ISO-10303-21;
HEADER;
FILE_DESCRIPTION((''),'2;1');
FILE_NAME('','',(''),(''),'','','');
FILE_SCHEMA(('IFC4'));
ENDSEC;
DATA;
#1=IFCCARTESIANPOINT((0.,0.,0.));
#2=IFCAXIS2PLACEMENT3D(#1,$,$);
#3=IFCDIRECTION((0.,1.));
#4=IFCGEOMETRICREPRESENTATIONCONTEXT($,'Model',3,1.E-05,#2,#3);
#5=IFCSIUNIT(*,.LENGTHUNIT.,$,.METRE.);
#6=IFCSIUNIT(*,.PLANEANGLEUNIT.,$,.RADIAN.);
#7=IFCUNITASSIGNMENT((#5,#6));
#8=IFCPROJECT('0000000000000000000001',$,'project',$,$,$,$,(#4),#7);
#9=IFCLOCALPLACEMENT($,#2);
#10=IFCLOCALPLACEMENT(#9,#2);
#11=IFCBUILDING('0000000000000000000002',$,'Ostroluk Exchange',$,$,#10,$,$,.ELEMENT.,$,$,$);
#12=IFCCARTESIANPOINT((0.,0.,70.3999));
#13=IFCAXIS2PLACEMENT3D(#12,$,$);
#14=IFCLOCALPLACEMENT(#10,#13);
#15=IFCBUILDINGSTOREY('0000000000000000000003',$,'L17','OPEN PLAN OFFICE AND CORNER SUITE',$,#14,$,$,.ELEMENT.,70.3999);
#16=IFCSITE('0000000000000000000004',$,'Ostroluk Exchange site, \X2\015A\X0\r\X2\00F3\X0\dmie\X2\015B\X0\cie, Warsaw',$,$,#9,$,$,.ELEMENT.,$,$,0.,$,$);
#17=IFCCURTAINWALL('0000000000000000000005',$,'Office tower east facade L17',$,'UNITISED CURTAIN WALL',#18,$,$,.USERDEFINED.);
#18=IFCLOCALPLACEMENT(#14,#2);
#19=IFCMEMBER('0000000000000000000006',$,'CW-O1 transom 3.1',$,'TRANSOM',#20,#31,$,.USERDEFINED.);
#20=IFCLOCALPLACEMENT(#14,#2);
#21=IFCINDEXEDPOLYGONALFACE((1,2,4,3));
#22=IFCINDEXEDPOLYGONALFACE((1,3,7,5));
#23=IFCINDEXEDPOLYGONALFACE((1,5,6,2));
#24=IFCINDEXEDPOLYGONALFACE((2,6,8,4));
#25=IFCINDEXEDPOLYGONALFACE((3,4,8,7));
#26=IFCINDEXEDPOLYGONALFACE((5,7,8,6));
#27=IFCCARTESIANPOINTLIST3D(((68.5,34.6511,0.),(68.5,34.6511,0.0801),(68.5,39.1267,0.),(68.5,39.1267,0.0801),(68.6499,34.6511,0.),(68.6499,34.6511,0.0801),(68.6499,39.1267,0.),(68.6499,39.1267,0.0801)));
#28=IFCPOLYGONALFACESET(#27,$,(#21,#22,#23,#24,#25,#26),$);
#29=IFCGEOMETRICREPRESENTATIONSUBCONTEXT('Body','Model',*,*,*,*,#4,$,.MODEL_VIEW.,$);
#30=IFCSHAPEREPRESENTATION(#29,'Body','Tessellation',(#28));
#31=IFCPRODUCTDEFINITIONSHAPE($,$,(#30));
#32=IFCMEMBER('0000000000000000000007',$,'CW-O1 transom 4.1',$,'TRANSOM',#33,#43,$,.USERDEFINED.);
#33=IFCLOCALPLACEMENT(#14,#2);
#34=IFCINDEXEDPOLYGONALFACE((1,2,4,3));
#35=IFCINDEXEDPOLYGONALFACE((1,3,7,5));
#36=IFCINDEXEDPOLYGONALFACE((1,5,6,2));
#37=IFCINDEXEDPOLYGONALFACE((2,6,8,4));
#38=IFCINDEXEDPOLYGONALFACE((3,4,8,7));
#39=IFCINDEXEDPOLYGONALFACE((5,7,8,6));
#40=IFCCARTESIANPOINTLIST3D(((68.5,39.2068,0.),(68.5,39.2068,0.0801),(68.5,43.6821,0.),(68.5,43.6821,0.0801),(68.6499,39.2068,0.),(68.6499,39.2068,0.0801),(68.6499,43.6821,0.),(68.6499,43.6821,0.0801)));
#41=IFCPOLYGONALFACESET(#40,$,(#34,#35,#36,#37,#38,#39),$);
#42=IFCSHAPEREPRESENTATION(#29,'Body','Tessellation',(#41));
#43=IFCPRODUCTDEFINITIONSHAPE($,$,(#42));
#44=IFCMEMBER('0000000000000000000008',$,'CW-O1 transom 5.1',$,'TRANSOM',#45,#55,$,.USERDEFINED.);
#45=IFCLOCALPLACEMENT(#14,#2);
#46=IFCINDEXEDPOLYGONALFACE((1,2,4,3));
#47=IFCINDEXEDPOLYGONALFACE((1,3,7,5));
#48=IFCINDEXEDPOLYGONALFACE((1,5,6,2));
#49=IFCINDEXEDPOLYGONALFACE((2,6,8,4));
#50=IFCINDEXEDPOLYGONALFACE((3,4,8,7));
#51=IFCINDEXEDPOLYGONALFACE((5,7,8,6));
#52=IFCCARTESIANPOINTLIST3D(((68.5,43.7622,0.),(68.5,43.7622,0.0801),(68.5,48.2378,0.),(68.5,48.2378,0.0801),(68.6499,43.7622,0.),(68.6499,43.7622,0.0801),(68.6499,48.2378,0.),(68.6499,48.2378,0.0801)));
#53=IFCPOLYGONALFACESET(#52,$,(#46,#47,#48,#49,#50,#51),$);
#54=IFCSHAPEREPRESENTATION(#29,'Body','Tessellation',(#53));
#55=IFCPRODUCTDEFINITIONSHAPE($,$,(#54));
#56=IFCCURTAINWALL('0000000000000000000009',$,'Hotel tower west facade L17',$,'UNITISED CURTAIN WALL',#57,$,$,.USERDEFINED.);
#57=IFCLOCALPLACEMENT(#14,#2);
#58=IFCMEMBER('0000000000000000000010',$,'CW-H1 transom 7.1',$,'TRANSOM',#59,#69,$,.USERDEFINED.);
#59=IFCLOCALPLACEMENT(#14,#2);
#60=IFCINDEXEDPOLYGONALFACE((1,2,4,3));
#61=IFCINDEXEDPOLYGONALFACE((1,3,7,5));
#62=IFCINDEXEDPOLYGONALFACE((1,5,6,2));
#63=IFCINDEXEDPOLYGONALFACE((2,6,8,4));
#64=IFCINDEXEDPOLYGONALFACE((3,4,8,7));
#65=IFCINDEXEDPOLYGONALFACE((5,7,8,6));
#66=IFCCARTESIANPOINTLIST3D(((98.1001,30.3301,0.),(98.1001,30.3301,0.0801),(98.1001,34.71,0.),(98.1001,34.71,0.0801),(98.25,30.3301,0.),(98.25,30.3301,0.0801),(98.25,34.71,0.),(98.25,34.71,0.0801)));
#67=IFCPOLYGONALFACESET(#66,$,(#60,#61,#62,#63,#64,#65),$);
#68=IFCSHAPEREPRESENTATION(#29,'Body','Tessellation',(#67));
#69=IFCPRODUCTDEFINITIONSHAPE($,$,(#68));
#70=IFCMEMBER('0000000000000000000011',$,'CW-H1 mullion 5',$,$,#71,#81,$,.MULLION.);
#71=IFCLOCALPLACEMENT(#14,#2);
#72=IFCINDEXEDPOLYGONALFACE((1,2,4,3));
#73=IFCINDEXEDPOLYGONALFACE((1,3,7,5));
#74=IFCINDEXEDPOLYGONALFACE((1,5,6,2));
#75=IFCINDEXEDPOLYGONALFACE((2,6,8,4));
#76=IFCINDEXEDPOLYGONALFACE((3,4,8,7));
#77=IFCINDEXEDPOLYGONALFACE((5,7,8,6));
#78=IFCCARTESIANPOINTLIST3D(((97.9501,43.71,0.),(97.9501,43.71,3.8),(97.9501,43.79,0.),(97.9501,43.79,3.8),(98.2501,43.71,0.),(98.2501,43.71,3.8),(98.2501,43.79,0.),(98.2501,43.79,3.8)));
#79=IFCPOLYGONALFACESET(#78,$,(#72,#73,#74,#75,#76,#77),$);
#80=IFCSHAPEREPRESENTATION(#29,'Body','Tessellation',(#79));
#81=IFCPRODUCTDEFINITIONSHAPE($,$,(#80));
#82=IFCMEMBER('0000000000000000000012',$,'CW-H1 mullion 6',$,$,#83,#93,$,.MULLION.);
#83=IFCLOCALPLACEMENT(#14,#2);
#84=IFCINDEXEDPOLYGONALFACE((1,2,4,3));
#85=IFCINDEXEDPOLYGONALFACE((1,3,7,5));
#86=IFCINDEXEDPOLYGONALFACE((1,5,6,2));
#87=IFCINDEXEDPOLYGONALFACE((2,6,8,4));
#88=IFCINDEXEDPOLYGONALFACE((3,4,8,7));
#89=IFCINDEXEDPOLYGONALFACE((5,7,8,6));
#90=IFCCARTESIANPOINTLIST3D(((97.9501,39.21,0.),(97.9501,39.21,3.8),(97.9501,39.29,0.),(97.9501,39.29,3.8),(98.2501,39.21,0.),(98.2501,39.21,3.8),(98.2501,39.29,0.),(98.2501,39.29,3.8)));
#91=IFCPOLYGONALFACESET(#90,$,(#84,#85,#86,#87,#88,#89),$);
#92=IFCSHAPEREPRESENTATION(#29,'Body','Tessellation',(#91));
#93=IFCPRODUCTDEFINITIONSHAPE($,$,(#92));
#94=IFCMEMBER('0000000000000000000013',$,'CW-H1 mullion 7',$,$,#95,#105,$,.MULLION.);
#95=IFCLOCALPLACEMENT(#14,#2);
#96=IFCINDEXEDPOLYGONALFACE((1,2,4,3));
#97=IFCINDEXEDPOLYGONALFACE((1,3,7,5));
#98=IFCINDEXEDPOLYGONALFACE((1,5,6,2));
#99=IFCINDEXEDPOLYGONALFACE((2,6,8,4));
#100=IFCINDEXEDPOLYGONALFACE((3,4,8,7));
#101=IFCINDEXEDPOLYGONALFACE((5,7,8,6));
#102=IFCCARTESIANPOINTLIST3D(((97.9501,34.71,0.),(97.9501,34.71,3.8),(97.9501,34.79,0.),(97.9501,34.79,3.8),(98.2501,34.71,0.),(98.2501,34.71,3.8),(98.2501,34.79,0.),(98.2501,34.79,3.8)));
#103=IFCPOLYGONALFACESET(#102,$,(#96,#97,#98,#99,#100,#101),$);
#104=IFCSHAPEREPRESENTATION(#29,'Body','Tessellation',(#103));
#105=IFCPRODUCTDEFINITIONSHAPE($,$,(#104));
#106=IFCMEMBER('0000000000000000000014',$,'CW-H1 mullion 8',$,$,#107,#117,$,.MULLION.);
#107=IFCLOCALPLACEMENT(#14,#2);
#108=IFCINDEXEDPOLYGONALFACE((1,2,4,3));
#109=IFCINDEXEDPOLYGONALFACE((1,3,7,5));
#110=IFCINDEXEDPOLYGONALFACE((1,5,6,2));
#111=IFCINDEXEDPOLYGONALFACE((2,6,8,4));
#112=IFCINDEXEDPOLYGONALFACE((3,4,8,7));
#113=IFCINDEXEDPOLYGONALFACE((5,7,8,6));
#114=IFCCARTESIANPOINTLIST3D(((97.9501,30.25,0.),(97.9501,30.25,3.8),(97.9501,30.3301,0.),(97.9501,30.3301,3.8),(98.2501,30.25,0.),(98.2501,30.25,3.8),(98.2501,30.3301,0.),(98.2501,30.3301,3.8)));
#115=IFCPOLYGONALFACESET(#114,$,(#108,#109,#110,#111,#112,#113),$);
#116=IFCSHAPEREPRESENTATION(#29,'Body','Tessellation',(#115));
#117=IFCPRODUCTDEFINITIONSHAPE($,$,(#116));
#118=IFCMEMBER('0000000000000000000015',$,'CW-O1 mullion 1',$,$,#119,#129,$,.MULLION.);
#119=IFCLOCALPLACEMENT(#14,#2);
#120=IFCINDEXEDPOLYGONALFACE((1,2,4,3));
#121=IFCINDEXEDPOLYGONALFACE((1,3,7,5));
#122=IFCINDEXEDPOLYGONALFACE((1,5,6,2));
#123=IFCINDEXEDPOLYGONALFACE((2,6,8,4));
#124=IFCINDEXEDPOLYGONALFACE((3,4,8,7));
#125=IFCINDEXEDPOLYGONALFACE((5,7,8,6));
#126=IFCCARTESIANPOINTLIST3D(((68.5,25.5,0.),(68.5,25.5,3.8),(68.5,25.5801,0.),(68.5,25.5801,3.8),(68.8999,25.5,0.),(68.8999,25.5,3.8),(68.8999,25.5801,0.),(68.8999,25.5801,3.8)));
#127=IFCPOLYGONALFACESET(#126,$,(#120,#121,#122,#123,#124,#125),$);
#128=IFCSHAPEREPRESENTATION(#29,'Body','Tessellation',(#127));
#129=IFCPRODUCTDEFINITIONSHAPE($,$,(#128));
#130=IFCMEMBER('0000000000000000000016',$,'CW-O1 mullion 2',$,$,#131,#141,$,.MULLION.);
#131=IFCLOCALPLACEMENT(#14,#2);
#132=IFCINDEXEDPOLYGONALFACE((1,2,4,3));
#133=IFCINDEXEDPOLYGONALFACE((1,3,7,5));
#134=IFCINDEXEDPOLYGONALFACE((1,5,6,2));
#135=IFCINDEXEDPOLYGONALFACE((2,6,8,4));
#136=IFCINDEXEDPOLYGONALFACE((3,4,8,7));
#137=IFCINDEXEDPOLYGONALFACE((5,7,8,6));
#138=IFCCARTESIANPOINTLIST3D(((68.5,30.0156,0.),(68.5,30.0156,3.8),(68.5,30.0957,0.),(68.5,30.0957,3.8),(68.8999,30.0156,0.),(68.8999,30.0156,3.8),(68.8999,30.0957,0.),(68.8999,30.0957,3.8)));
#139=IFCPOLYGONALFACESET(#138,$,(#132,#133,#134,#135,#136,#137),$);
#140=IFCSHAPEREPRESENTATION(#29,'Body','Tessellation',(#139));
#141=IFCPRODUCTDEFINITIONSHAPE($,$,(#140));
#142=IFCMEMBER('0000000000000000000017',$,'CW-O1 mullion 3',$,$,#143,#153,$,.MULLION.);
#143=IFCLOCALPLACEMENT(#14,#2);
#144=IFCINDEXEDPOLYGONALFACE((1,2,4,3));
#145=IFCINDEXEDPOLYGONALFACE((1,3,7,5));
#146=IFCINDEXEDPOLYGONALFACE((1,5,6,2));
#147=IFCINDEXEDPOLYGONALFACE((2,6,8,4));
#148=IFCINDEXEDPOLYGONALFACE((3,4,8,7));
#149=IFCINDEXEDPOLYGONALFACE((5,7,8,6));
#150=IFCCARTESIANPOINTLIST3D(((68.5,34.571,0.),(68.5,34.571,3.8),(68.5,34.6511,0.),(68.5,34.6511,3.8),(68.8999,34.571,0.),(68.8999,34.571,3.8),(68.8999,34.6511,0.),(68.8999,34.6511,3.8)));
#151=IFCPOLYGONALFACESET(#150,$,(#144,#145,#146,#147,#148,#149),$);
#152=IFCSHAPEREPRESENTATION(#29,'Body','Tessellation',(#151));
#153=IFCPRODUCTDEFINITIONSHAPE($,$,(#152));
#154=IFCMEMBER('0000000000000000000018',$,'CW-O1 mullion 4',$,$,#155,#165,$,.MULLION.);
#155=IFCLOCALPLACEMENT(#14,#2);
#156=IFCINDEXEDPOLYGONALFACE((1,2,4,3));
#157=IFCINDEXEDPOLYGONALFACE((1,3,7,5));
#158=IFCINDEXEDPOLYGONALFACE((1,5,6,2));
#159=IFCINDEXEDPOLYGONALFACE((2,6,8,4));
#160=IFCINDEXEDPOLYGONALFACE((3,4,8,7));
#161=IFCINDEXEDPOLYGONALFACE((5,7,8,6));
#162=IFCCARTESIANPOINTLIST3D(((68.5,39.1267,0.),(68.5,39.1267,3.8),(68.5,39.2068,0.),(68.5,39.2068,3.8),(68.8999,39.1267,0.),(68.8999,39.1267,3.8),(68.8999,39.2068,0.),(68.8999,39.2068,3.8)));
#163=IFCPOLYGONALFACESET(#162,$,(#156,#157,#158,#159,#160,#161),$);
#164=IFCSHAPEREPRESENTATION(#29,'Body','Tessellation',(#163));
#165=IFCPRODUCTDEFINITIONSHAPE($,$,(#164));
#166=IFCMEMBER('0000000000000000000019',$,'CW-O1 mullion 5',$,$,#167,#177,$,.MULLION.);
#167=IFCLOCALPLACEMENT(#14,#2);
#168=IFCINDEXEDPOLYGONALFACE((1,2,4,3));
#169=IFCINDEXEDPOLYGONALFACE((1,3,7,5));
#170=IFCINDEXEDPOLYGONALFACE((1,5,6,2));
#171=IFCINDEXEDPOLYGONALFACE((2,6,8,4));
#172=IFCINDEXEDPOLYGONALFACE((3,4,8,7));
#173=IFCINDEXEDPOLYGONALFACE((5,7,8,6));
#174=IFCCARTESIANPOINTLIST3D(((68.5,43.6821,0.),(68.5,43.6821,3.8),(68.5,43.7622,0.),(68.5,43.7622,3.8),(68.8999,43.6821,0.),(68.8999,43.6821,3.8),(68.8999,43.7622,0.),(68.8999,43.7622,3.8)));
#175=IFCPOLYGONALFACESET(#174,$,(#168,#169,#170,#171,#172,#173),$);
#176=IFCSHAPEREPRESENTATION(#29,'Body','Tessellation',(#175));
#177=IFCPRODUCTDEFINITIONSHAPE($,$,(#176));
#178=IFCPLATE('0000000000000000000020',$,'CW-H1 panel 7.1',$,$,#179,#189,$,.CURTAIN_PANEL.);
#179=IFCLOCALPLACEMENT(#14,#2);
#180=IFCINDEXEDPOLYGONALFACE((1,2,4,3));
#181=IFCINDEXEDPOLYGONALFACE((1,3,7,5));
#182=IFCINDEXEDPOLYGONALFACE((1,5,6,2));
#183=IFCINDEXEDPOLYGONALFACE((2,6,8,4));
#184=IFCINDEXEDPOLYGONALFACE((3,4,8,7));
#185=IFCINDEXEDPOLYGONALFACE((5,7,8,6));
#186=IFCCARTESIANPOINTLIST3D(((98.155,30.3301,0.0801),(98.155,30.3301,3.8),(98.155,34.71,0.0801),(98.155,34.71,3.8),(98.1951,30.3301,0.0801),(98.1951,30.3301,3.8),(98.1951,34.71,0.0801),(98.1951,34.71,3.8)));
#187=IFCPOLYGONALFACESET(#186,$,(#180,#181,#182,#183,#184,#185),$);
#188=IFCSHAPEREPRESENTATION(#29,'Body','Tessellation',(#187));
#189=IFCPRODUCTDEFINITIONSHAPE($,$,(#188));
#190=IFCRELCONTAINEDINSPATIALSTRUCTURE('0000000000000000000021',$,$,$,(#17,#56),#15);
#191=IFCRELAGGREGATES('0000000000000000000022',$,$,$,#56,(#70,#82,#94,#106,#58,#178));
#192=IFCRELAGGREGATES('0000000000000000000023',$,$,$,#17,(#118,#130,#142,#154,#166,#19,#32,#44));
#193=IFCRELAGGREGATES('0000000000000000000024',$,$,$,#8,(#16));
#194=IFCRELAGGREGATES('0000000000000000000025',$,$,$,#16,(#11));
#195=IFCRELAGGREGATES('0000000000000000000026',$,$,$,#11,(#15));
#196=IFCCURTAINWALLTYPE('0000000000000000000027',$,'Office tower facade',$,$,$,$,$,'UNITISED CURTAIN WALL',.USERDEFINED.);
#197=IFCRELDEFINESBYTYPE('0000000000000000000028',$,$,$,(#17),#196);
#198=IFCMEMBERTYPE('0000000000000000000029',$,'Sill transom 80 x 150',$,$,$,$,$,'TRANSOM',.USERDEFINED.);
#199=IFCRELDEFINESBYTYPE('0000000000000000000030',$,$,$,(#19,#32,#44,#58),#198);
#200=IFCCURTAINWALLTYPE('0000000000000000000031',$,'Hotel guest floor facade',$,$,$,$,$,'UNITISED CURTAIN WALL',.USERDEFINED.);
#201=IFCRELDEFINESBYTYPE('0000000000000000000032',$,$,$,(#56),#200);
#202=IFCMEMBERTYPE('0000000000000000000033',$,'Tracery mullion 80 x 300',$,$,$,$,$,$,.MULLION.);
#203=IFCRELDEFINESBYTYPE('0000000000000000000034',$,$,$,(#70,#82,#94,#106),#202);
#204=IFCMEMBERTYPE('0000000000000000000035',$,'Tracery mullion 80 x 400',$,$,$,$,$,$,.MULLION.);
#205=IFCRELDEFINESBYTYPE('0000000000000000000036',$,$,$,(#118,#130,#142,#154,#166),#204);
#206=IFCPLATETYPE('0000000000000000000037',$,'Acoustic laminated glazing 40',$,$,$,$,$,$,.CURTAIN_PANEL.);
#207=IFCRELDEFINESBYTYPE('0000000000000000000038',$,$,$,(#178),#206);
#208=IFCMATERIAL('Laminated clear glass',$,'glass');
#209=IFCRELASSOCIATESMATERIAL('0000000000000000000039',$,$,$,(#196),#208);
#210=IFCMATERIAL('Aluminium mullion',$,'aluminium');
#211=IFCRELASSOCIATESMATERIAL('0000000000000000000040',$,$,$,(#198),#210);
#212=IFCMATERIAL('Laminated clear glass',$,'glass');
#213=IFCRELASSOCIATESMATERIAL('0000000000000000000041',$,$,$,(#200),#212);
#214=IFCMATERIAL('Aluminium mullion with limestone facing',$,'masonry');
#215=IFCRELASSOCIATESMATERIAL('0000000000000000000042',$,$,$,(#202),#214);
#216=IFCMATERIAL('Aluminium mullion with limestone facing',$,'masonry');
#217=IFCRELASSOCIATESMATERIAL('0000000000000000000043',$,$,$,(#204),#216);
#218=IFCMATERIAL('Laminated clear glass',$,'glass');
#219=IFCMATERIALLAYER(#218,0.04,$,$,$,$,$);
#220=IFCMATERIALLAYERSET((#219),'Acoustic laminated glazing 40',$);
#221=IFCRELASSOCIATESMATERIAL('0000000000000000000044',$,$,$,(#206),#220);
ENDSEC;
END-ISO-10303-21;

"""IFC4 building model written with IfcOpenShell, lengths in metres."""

from ifc_helpers import new_model, si_unit, direction, frame, origin, origin_2d, place, context, subcontext, project, spatial, rectangle, extrude, material, layer, layer_set, material_profile, profile_set, type_object, element, aggregate, save


model = new_model("IFC4")

# Units and contexts
model_context = context("Model", 3, precision=1e-05, world=origin(), true_north=direction((0.0, 1.0)))
body_context = subcontext(model_context, "Body", "Model", "MODEL_VIEW")
ifc_project = project(units=[si_unit("LENGTHUNIT", "METRE"), si_unit("PLANEANGLEUNIT", "RADIAN")], contexts=[model_context])

# Site, building, storey
site_placement = place(None, origin())
site = spatial("IfcSite", under=ifc_project, at=site_placement, Name="Ostroluk Exchange site, Śródmieście, Warsaw", CompositionType="ELEMENT", RefElevation=0.0)
building_placement = place(site_placement, origin())
building = spatial("IfcBuilding", under=site, at=building_placement, Name="Ostroluk Exchange", CompositionType="ELEMENT")
storey_placement = place(building_placement, frame((0.0, 0.0, 70.3999)))
storey = spatial("IfcBuildingStorey", under=building, at=storey_placement, Name="L17", Description="OPEN PLAN OFFICE AND CORNER SUITE", CompositionType="ELEMENT", Elevation=70.3999)

# Curtain walls, members
ifc_material_1 = material(Name="Laminated clear glass", Category="glass")
curtain_wall_type_1 = type_object("IfcCurtainWallType", Name="Office tower facade", ElementType="UNITISED CURTAIN WALL", PredefinedType="USERDEFINED", material=ifc_material_1)
curtain_wall_1_placement = place(storey_placement, origin())
curtain_wall_1 = element("IfcCurtainWall", 1, at=curtain_wall_1_placement, inside=storey, type_object=curtain_wall_type_1, Name="Office tower east facade L17", ObjectType="UNITISED CURTAIN WALL", PredefinedType="USERDEFINED")
ifc_material_2 = material(Name="Aluminium mullion", Category="aluminium")
ifc_material_profile_1 = material_profile(ifc_material_2, rectangle(XDim=0.1499, YDim=0.0801, at=origin_2d()), Name="Sill transom 80 x 150")
ifc_profile_set_1 = profile_set([ifc_material_profile_1], Name="Aluminium mullion")
member_type_1 = type_object("IfcMemberType", Name="Sill transom 80 x 150", ElementType="TRANSOM", PredefinedType="USERDEFINED", material=ifc_profile_set_1)
member_1_placement = place(storey_placement, frame((68.575, 34.6511, 0.04), z_axis=(0.0, 1.0, 0.0), x_axis=(-1.0, 0.0, 0.0)))
member_1 = element("IfcMember", 2, at=member_1_placement, type_object=member_type_1, Name="CW-O1 transom 3.1", ObjectType="TRANSOM", PredefinedType="USERDEFINED", context=body_context, shape_type="SweptSolid", body=[
    extrude(rectangle(XDim=0.1499, YDim=0.0801, at=origin_2d()), origin(), (0.0, 0.0, 1.0), 4.4756),
])
member_2_placement = place(storey_placement, frame((68.575, 39.2068, 0.04), z_axis=(0.0, 1.0, 0.0), x_axis=(-1.0, 0.0, 0.0)))
member_2 = element("IfcMember", 3, at=member_2_placement, type_object=member_type_1, Name="CW-O1 transom 4.1", ObjectType="TRANSOM", PredefinedType="USERDEFINED", context=body_context, shape_type="SweptSolid", body=[
    extrude(rectangle(XDim=0.1499, YDim=0.0801, at=origin_2d()), origin(), (0.0, 0.0, 1.0), 4.4753),
])
member_3_placement = place(storey_placement, frame((68.575, 43.7622, 0.04), z_axis=(0.0, 1.0, 0.0), x_axis=(-1.0, 0.0, 0.0)))
member_3 = element("IfcMember", 4, at=member_3_placement, type_object=member_type_1, Name="CW-O1 transom 5.1", ObjectType="TRANSOM", PredefinedType="USERDEFINED", context=body_context, shape_type="SweptSolid", body=[
    extrude(rectangle(XDim=0.1499, YDim=0.0801, at=origin_2d()), origin(), (0.0, 0.0, 1.0), 4.4756),
])
ifc_material_3 = material(Name="Laminated clear glass", Category="glass")
curtain_wall_type_2 = type_object("IfcCurtainWallType", Name="Hotel guest floor facade", ElementType="UNITISED CURTAIN WALL", PredefinedType="USERDEFINED", material=ifc_material_3)
curtain_wall_2_placement = place(storey_placement, origin())
curtain_wall_2 = element("IfcCurtainWall", 5, at=curtain_wall_2_placement, inside=storey, type_object=curtain_wall_type_2, Name="Hotel tower west facade L17", ObjectType="UNITISED CURTAIN WALL", PredefinedType="USERDEFINED")
member_4_placement = place(storey_placement, frame((98.175, 34.71, 0.04), z_axis=(0.0, -1.0, 0.0), x_axis=(1.0, 0.0, 0.0)))
member_4 = element("IfcMember", 6, at=member_4_placement, type_object=member_type_1, Name="CW-H1 transom 7.1", ObjectType="TRANSOM", PredefinedType="USERDEFINED", context=body_context, shape_type="SweptSolid", body=[
    extrude(rectangle(XDim=0.1499, YDim=0.0801, at=origin_2d()), origin(), (0.0, 0.0, 1.0), 4.3799),
])
ifc_material_4 = material(Name="Aluminium mullion with limestone facing", Category="masonry")
ifc_material_profile_2 = material_profile(ifc_material_4, rectangle(XDim=0.3, YDim=0.0801, at=origin_2d()), Name="Tracery mullion 80 x 300")
ifc_profile_set_2 = profile_set([ifc_material_profile_2], Name="Aluminium mullion with limestone facing")
member_type_2 = type_object("IfcMemberType", Name="Tracery mullion 80 x 300", PredefinedType="MULLION", material=ifc_profile_set_2)
member_5_placement = place(storey_placement, frame((98.1001, 43.75, 0.0), z_axis=(0.0, 0.0, 1.0), x_axis=(1.0, 0.0, 0.0)))
member_5 = element("IfcMember", 7, at=member_5_placement, type_object=member_type_2, Name="CW-H1 mullion 5", PredefinedType="MULLION", context=body_context, shape_type="SweptSolid", body=[
    extrude(rectangle(XDim=0.3, YDim=0.0801, at=origin_2d()), origin(), (0.0, 0.0, 1.0), 3.8),
])
member_6_placement = place(storey_placement, frame((98.1001, 39.25, 0.0), z_axis=(0.0, 0.0, 1.0), x_axis=(1.0, 0.0, 0.0)))
member_6 = element("IfcMember", 8, at=member_6_placement, type_object=member_type_2, Name="CW-H1 mullion 6", PredefinedType="MULLION", context=body_context, shape_type="SweptSolid", body=[
    extrude(rectangle(XDim=0.3, YDim=0.0801, at=origin_2d()), origin(), (0.0, 0.0, 1.0), 3.8),
])
member_7_placement = place(storey_placement, frame((98.1001, 34.75, 0.0), z_axis=(0.0, 0.0, 1.0), x_axis=(1.0, 0.0, 0.0)))
member_7 = element("IfcMember", 9, at=member_7_placement, type_object=member_type_2, Name="CW-H1 mullion 7", PredefinedType="MULLION", context=body_context, shape_type="SweptSolid", body=[
    extrude(rectangle(XDim=0.3, YDim=0.0801, at=origin_2d()), origin(), (0.0, 0.0, 1.0), 3.8),
])
member_8_placement = place(storey_placement, frame((98.1001, 30.29, 0.0), z_axis=(0.0, 0.0, 1.0), x_axis=(1.0, 0.0, 0.0)))
member_8 = element("IfcMember", 10, at=member_8_placement, type_object=member_type_2, Name="CW-H1 mullion 8", PredefinedType="MULLION", context=body_context, shape_type="SweptSolid", body=[
    extrude(rectangle(XDim=0.3, YDim=0.0801, at=origin_2d()), origin(), (0.0, 0.0, 1.0), 3.8),
])

# Members
ifc_material_5 = material(Name="Aluminium mullion with limestone facing", Category="masonry")
ifc_material_profile_3 = material_profile(ifc_material_5, rectangle(XDim=0.3999, YDim=0.0801, at=origin_2d()), Name="Tracery mullion 80 x 400")
ifc_profile_set_3 = profile_set([ifc_material_profile_3], Name="Aluminium mullion with limestone facing")
member_type_3 = type_object("IfcMemberType", Name="Tracery mullion 80 x 400", PredefinedType="MULLION", material=ifc_profile_set_3)
member_9_placement = place(storey_placement, frame((68.7, 25.54, 0.0), z_axis=(0.0, 0.0, 1.0), x_axis=(-1.0, 0.0, 0.0)))
member_9 = element("IfcMember", 11, at=member_9_placement, type_object=member_type_3, Name="CW-O1 mullion 1", PredefinedType="MULLION", context=body_context, shape_type="SweptSolid", body=[
    extrude(rectangle(XDim=0.3999, YDim=0.0801, at=origin_2d()), origin(), (0.0, 0.0, 1.0), 3.8),
])
member_10_placement = place(storey_placement, frame((68.7, 30.0557, 0.0), z_axis=(0.0, 0.0, 1.0), x_axis=(-1.0, 0.0, 0.0)))
member_10 = element("IfcMember", 12, at=member_10_placement, type_object=member_type_3, Name="CW-O1 mullion 2", PredefinedType="MULLION", context=body_context, shape_type="SweptSolid", body=[
    extrude(rectangle(XDim=0.3999, YDim=0.0801, at=origin_2d()), origin(), (0.0, 0.0, 1.0), 3.8),
])
member_11_placement = place(storey_placement, frame((68.7, 34.6111, 0.0), z_axis=(0.0, 0.0, 1.0), x_axis=(-1.0, 0.0, 0.0)))
member_11 = element("IfcMember", 13, at=member_11_placement, type_object=member_type_3, Name="CW-O1 mullion 3", PredefinedType="MULLION", context=body_context, shape_type="SweptSolid", body=[
    extrude(rectangle(XDim=0.3999, YDim=0.0801, at=origin_2d()), origin(), (0.0, 0.0, 1.0), 3.8),
])
member_12_placement = place(storey_placement, frame((68.7, 39.1667, 0.0), z_axis=(0.0, 0.0, 1.0), x_axis=(-1.0, 0.0, 0.0)))
member_12 = element("IfcMember", 14, at=member_12_placement, type_object=member_type_3, Name="CW-O1 mullion 4", PredefinedType="MULLION", context=body_context, shape_type="SweptSolid", body=[
    extrude(rectangle(XDim=0.3999, YDim=0.0801, at=origin_2d()), origin(), (0.0, 0.0, 1.0), 3.8),
])
member_13_placement = place(storey_placement, frame((68.7, 43.7222, 0.0), z_axis=(0.0, 0.0, 1.0), x_axis=(-1.0, 0.0, 0.0)))
member_13 = element("IfcMember", 15, at=member_13_placement, type_object=member_type_3, Name="CW-O1 mullion 5", PredefinedType="MULLION", context=body_context, shape_type="SweptSolid", body=[
    extrude(rectangle(XDim=0.3999, YDim=0.0801, at=origin_2d()), origin(), (0.0, 0.0, 1.0), 3.8),
])

# Plate
ifc_material_6 = material(Name="Laminated clear glass", Category="glass")
ifc_layer_1 = layer(ifc_material_6, 0.04)
ifc_layer_set_1 = layer_set([ifc_layer_1], Name="Acoustic laminated glazing 40")
plate_type_1 = type_object("IfcPlateType", Name="Acoustic laminated glazing 40", PredefinedType="CURTAIN_PANEL", material=ifc_layer_set_1)
plate_1_placement = place(storey_placement, frame((98.175, 32.52, 0.0801), z_axis=(0.0, 0.0, 1.0), x_axis=(0.0, -1.0, 0.0)))
plate_1 = element("IfcPlate", 16, at=plate_1_placement, type_object=plate_type_1, Name="CW-H1 panel 7.1", PredefinedType="CURTAIN_PANEL", context=body_context, shape_type="SweptSolid", body=[
    extrude(rectangle(XDim=4.3799, YDim=0.04, at=origin_2d()), origin(), (0.0, 0.0, 1.0), 3.72),
])
aggregate(curtain_wall_2, [member_5, member_6, member_7, member_8, member_4, plate_1])
aggregate(curtain_wall_1, [member_9, member_10, member_11, member_12, member_13, member_1, member_2, member_3])

save(model, "model.ifc")
